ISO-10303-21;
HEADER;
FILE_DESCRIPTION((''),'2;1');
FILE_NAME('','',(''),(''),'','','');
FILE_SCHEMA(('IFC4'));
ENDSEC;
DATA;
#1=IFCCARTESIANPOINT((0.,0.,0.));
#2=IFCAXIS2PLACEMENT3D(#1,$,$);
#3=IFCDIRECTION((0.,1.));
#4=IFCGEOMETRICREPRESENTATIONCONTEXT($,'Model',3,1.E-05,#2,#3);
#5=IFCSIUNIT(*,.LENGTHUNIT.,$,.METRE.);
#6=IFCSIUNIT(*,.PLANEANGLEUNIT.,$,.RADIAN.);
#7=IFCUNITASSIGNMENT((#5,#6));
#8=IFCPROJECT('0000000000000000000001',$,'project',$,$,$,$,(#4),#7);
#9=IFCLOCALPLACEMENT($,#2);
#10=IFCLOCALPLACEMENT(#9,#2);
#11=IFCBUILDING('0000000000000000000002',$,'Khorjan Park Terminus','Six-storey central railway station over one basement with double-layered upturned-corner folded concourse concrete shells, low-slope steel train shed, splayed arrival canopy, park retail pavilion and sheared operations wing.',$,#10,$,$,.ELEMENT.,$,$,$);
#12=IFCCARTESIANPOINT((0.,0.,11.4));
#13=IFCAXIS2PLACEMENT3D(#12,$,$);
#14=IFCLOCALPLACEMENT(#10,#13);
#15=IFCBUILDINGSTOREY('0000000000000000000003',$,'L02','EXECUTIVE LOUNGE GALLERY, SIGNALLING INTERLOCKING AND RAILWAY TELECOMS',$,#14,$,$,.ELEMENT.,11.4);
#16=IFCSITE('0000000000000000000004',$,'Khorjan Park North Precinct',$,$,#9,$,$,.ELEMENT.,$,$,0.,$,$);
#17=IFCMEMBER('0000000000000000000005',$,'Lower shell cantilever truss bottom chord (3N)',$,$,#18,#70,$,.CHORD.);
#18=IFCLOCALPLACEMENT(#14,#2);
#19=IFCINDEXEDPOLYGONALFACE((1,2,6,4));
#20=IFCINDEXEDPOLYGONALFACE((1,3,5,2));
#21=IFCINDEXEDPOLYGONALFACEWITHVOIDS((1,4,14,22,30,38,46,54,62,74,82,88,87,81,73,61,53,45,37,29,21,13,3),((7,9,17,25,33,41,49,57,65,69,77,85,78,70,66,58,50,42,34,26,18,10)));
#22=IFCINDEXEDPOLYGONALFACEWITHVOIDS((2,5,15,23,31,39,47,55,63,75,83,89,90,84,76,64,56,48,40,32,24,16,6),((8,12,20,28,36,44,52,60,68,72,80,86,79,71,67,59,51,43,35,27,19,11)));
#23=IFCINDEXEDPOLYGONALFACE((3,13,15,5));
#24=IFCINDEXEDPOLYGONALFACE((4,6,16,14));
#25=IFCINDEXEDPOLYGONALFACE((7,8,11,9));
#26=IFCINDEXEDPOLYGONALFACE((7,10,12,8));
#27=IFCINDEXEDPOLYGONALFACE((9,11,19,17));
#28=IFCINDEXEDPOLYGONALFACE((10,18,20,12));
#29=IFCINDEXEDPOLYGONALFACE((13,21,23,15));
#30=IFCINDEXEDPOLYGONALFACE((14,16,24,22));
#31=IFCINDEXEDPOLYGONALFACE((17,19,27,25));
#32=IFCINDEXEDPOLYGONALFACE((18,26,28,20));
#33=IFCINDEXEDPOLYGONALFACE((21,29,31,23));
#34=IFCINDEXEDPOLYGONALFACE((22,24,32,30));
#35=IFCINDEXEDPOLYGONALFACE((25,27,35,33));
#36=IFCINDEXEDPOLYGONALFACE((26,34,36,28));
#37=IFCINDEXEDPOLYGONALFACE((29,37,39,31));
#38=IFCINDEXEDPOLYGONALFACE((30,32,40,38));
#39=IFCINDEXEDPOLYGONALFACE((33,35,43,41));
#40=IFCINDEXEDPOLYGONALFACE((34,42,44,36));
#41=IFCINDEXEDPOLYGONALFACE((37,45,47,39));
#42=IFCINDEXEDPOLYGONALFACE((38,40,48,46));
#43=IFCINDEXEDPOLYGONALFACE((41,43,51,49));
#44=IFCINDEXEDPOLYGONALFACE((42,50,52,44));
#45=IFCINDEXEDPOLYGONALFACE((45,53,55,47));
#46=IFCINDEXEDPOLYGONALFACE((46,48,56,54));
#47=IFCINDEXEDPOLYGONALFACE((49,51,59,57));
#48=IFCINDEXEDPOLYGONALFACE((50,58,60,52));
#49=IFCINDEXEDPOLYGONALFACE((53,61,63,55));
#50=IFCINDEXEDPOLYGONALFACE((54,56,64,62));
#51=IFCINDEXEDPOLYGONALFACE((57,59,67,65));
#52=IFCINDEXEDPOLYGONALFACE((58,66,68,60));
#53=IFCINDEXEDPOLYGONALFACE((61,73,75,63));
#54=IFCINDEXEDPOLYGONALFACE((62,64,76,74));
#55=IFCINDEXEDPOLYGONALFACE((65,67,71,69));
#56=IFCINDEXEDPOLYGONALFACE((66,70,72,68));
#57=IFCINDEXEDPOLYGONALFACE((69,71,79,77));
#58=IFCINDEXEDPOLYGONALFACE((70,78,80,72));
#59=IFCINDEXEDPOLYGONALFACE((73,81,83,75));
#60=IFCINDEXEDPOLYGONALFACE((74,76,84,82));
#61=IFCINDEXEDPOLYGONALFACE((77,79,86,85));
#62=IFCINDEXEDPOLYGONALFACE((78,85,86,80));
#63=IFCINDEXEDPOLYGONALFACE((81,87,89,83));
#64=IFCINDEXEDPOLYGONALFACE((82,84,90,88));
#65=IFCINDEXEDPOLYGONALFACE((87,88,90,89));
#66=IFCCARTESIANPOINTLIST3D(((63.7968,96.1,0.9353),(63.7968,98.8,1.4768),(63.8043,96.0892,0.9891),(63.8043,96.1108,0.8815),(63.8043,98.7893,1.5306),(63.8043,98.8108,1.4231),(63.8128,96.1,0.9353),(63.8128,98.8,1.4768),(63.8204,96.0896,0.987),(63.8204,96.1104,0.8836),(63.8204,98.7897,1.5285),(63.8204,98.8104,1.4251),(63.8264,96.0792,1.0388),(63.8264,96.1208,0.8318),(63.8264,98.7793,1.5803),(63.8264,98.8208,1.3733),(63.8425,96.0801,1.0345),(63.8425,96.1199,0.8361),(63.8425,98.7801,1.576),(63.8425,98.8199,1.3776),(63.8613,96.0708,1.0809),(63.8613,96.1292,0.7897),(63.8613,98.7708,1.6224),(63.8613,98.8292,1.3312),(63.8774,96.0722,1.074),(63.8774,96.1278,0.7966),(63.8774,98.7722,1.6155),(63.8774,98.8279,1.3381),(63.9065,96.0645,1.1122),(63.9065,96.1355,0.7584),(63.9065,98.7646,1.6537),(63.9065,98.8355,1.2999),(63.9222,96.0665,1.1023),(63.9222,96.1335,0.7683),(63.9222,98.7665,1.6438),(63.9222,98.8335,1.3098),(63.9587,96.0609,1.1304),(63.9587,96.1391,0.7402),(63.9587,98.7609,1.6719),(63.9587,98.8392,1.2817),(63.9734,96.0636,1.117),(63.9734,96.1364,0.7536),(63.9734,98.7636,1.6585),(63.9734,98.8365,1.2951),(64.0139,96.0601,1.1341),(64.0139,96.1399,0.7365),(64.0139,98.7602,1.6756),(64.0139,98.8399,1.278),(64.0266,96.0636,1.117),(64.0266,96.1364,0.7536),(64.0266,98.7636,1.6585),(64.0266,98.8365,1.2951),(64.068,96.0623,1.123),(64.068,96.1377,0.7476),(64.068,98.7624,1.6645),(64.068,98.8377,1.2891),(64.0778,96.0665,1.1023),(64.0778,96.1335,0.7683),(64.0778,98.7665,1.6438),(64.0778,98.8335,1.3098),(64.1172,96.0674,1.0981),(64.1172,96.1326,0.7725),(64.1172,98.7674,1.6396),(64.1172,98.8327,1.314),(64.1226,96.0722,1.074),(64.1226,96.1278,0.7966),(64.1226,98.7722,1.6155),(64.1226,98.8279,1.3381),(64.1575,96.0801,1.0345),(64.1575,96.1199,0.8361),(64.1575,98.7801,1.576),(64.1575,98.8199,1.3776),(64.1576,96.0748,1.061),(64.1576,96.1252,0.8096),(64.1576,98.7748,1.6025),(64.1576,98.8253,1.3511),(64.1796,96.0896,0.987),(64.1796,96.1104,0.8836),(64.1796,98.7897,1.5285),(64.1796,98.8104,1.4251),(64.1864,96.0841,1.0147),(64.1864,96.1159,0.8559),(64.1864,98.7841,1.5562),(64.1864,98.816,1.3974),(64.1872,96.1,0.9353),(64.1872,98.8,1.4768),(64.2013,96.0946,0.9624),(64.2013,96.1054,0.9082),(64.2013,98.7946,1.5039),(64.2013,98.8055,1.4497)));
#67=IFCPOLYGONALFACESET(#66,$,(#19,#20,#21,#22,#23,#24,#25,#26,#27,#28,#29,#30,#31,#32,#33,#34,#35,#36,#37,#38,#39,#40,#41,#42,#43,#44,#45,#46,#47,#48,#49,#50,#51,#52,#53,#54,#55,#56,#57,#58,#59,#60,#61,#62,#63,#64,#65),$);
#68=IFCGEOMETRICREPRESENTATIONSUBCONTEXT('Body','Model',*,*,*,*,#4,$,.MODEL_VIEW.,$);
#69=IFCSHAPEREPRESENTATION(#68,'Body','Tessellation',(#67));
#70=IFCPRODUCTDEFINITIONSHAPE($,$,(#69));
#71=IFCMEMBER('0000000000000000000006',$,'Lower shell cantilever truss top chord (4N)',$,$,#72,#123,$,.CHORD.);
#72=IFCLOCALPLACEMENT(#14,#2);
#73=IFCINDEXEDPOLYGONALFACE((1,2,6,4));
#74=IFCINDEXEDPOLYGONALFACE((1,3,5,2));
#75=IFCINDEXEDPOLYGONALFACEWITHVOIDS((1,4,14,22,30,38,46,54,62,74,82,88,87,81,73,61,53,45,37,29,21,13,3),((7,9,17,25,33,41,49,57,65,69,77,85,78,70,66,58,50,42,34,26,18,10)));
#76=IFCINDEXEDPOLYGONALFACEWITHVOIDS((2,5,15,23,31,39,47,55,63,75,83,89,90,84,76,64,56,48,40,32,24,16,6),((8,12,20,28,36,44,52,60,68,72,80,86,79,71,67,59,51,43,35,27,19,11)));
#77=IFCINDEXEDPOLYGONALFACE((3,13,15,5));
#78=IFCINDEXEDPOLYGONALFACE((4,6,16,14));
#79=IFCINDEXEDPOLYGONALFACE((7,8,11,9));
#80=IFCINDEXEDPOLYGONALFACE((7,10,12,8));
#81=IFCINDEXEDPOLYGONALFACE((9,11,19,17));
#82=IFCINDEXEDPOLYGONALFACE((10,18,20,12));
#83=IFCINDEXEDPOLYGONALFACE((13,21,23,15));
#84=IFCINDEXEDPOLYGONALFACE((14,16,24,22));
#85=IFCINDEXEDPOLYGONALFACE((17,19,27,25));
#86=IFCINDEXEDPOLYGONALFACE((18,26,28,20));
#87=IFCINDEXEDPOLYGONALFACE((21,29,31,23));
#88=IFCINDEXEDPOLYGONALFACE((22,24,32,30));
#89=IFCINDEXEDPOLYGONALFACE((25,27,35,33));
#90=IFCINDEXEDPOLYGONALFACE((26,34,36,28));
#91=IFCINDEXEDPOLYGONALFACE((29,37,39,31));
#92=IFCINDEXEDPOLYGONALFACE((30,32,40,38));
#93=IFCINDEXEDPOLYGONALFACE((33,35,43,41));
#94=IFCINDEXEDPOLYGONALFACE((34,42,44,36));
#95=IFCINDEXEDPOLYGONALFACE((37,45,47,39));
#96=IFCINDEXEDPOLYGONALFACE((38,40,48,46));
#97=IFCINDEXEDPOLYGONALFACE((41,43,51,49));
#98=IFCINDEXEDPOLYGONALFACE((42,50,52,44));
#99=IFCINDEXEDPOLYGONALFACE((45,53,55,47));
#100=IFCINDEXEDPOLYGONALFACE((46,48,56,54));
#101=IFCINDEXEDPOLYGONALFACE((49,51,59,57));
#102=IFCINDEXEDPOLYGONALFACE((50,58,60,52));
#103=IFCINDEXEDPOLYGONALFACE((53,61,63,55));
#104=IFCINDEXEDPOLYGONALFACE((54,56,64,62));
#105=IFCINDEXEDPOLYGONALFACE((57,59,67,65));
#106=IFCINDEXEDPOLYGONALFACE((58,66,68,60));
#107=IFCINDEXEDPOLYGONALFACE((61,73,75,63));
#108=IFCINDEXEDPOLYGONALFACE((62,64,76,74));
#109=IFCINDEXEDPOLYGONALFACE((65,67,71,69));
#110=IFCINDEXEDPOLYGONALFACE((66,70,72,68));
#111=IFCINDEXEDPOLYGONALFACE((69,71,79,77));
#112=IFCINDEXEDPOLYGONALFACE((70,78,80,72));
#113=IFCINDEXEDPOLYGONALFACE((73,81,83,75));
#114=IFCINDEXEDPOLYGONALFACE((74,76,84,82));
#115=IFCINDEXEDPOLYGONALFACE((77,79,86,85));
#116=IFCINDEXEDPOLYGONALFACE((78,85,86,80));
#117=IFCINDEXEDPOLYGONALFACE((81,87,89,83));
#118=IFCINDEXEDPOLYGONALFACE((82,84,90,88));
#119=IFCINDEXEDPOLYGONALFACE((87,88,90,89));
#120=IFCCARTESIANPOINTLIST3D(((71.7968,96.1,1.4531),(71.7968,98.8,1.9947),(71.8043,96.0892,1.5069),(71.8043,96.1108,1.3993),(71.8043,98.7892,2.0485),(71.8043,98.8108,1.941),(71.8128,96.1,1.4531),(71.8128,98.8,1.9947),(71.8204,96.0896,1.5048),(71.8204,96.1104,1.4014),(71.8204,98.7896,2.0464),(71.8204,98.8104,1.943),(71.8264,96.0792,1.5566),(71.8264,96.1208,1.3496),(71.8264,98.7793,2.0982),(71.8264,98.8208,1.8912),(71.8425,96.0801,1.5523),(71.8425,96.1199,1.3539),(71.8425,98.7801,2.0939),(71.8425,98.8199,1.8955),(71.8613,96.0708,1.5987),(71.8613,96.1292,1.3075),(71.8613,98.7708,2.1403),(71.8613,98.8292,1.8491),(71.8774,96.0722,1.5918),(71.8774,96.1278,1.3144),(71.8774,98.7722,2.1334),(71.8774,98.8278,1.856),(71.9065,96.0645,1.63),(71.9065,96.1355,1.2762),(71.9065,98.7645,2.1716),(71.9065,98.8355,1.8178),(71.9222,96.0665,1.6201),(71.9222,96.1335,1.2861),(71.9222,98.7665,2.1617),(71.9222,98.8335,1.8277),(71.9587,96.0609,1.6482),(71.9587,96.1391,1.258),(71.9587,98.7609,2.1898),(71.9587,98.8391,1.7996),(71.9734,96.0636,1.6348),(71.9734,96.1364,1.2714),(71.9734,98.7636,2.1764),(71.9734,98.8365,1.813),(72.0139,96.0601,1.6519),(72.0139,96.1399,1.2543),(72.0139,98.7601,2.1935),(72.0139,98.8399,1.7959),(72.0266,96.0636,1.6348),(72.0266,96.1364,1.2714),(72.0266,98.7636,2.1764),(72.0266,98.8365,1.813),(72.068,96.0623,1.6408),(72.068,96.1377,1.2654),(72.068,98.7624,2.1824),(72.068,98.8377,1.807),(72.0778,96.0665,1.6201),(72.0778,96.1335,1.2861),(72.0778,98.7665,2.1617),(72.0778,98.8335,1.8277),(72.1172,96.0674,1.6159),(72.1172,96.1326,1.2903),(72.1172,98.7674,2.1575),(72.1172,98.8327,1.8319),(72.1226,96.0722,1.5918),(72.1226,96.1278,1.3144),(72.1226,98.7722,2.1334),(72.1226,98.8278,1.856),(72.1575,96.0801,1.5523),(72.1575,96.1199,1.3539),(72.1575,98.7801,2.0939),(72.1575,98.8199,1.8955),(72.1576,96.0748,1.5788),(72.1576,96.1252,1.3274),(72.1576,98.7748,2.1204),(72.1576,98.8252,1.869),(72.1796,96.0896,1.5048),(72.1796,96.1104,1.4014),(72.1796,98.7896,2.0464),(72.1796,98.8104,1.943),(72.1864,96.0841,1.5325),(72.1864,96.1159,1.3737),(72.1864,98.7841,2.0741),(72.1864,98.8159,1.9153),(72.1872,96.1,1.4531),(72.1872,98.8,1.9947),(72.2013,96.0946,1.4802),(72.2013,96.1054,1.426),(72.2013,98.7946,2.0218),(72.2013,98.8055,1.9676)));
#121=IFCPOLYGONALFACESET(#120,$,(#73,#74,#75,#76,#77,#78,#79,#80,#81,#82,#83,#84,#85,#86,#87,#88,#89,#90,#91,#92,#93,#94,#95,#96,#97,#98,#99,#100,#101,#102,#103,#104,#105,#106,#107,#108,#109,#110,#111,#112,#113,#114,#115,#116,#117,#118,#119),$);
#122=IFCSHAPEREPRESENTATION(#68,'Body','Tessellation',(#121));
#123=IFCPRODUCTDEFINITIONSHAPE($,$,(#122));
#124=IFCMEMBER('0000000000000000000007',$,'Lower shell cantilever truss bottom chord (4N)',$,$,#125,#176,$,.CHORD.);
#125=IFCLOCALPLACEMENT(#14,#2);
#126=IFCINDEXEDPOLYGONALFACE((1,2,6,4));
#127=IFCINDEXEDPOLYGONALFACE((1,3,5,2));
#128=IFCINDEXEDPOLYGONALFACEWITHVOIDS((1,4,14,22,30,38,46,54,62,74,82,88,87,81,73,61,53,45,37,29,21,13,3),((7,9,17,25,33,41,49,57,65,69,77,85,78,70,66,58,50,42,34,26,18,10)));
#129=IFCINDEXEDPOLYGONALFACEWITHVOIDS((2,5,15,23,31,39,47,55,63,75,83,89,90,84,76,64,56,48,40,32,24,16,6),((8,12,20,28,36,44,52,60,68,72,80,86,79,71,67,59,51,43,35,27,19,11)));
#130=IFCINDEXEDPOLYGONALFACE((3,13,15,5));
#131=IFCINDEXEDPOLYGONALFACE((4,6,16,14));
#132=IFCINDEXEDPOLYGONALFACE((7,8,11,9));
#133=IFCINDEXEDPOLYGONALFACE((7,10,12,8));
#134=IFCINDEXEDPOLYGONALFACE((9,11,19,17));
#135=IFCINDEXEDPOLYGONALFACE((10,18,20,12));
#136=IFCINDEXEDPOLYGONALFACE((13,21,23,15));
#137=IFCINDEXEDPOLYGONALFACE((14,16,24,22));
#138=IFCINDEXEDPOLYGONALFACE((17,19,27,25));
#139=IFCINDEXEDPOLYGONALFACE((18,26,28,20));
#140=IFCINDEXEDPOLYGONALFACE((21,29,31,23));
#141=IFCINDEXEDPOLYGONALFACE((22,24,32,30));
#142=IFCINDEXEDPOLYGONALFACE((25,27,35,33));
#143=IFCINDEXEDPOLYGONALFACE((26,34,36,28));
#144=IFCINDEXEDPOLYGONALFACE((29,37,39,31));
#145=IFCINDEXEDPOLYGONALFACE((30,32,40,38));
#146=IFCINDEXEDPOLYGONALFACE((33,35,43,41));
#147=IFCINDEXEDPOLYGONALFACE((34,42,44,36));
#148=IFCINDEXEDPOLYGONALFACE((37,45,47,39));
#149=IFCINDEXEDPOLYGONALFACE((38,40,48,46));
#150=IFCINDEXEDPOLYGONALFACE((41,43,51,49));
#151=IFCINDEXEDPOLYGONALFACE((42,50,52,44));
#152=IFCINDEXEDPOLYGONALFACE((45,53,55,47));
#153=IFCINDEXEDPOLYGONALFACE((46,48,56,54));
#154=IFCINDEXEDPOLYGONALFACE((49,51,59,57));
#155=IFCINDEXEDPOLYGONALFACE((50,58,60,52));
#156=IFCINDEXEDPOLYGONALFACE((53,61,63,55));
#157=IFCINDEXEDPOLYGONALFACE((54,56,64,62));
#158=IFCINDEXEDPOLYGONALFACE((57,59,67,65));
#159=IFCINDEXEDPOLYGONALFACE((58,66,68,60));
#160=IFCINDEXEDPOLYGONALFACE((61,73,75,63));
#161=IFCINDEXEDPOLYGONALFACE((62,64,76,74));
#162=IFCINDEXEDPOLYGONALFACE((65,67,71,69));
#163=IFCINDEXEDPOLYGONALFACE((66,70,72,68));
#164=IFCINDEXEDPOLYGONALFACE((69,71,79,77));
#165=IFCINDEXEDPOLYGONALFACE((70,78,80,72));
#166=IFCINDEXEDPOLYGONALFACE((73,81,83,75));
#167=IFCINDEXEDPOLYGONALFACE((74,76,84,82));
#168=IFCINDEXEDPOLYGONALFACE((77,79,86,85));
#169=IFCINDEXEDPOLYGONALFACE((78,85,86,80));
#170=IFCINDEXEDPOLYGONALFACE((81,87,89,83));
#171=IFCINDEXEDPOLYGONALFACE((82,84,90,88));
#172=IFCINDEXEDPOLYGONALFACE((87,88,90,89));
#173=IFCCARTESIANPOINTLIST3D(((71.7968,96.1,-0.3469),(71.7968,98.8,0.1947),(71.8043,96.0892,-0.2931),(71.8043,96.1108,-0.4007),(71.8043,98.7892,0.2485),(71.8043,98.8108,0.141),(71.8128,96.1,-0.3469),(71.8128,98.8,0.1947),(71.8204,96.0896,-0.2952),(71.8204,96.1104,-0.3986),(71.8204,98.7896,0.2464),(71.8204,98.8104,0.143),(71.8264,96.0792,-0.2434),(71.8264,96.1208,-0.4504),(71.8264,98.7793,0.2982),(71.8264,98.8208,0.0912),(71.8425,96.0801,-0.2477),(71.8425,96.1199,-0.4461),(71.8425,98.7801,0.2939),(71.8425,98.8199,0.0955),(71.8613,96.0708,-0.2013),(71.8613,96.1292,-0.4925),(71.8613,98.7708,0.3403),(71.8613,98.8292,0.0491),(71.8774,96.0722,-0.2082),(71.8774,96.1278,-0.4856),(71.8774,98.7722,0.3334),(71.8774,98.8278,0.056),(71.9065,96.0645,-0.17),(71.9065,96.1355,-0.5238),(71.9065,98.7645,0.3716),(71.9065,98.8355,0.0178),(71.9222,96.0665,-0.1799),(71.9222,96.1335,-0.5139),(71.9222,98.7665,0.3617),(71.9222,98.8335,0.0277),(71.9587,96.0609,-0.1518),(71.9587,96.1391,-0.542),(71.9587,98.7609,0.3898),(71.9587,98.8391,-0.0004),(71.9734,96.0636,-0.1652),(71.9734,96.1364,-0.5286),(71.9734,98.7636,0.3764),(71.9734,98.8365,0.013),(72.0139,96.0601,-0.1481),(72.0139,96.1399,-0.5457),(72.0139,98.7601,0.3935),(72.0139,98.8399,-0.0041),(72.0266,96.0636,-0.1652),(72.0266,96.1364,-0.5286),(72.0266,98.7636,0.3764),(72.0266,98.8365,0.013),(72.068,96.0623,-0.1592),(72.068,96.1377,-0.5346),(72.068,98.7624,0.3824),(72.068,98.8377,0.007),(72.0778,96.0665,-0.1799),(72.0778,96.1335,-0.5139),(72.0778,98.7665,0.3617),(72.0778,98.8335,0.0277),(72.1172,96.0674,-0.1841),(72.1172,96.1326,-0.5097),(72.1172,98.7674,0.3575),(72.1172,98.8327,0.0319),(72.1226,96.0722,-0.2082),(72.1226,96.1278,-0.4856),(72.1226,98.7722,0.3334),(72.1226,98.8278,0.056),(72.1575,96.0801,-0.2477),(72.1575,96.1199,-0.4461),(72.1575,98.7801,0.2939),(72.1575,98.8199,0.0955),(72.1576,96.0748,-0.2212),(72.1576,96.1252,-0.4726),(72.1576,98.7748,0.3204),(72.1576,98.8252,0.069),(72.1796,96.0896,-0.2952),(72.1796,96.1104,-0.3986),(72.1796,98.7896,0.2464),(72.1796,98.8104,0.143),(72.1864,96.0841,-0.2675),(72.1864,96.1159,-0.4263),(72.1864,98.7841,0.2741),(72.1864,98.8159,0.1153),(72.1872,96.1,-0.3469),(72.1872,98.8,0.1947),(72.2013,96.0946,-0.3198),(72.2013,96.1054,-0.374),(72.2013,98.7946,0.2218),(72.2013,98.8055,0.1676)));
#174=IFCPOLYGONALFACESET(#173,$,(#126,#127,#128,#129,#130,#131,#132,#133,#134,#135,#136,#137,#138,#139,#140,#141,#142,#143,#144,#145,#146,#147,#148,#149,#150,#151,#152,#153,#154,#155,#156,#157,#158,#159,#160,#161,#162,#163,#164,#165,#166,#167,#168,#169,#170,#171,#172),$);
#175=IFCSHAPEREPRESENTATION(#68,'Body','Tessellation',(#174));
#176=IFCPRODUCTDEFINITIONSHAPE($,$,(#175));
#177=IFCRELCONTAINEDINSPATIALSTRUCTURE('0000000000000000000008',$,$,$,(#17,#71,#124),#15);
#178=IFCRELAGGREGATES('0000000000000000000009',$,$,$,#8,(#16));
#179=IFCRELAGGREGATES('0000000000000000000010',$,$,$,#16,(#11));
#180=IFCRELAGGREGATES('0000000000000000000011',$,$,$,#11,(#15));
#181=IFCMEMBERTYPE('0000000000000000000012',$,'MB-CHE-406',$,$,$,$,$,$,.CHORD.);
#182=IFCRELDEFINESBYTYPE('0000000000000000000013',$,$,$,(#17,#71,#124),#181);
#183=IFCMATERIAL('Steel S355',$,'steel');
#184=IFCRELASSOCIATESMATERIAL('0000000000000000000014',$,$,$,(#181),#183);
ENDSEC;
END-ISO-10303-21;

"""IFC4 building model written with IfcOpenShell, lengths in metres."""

from ifc_helpers import new_model, si_unit, direction, frame, origin, origin_2d, place, context, subcontext, project, spatial, hollow_circle, extrude, material, material_profile, profile_set, type_object, element, save


model = new_model("IFC4")

# Units and contexts
model_context = context("Model", 3, precision=1e-05, world=origin(), true_north=direction((0.0, 1.0)))
body_context = subcontext(model_context, "Body", "Model", "MODEL_VIEW")
ifc_project = project(units=[si_unit("LENGTHUNIT", "METRE"), si_unit("PLANEANGLEUNIT", "RADIAN")], contexts=[model_context])

# Site, building, storey
site_placement = place(None, origin())
site = spatial("IfcSite", under=ifc_project, at=site_placement, Name="Khorjan Park North Precinct", CompositionType="ELEMENT", RefElevation=0.0)
building_placement = place(site_placement, origin())
building = spatial("IfcBuilding", under=site, at=building_placement, Name="Khorjan Park Terminus", Description="Six-storey central railway station over one basement with double-layered upturned-corner folded concourse concrete shells, low-slope steel train shed, splayed arrival canopy, park retail pavilion and sheared operations wing.", CompositionType="ELEMENT")
storey_placement = place(building_placement, frame((0.0, 0.0, 11.4)))
storey = spatial("IfcBuildingStorey", under=building, at=storey_placement, Name="L02", Description="EXECUTIVE LOUNGE GALLERY, SIGNALLING INTERLOCKING AND RAILWAY TELECOMS", CompositionType="ELEMENT", Elevation=11.4)

# Members
ifc_material_1 = material(Name="Steel S355", Category="steel")
ifc_material_profile_1 = material_profile(ifc_material_1, hollow_circle(Radius=0.2032, WallThickness=0.016, at=origin_2d()), Name="CHS 406.4x16")
ifc_profile_set_1 = profile_set([ifc_material_profile_1], Name="Steel S355")
member_type_1 = type_object("IfcMemberType", Name="MB-CHE-406", PredefinedType="CHORD", material=ifc_profile_set_1)
for number, where, z_axis, x_axis, name in (
    (1, (64.0, 96.1, 0.9353), (0.0, 0.980476, 0.19664), (-1.0, 0.0, 0.0), "Lower shell cantilever truss bottom chord (3N)"),
    (2, (72.0, 96.1, 1.4531), (0.0, 0.980469, 0.196675), (-1.0, 0.0, 0.0), "Lower shell cantilever truss top chord (4N)"),
    (3, (72.0, 96.1, -0.3469), (0.0, 0.980469, 0.196675), (-1.0, 0.0, 0.0), "Lower shell cantilever truss bottom chord (4N)"),
):
    element("IfcMember", number, at=place(storey_placement, frame(where, z_axis=z_axis, x_axis=x_axis)), inside=storey, type_object=member_type_1, Name=name, PredefinedType="CHORD", context=body_context, shape_type="SweptSolid", body=[
        extrude(hollow_circle(Radius=0.2032, WallThickness=0.016, at=origin_2d()), origin(), (0.0, 0.0, 1.0), 2.7538),
    ])

save(model, "model.ifc")
